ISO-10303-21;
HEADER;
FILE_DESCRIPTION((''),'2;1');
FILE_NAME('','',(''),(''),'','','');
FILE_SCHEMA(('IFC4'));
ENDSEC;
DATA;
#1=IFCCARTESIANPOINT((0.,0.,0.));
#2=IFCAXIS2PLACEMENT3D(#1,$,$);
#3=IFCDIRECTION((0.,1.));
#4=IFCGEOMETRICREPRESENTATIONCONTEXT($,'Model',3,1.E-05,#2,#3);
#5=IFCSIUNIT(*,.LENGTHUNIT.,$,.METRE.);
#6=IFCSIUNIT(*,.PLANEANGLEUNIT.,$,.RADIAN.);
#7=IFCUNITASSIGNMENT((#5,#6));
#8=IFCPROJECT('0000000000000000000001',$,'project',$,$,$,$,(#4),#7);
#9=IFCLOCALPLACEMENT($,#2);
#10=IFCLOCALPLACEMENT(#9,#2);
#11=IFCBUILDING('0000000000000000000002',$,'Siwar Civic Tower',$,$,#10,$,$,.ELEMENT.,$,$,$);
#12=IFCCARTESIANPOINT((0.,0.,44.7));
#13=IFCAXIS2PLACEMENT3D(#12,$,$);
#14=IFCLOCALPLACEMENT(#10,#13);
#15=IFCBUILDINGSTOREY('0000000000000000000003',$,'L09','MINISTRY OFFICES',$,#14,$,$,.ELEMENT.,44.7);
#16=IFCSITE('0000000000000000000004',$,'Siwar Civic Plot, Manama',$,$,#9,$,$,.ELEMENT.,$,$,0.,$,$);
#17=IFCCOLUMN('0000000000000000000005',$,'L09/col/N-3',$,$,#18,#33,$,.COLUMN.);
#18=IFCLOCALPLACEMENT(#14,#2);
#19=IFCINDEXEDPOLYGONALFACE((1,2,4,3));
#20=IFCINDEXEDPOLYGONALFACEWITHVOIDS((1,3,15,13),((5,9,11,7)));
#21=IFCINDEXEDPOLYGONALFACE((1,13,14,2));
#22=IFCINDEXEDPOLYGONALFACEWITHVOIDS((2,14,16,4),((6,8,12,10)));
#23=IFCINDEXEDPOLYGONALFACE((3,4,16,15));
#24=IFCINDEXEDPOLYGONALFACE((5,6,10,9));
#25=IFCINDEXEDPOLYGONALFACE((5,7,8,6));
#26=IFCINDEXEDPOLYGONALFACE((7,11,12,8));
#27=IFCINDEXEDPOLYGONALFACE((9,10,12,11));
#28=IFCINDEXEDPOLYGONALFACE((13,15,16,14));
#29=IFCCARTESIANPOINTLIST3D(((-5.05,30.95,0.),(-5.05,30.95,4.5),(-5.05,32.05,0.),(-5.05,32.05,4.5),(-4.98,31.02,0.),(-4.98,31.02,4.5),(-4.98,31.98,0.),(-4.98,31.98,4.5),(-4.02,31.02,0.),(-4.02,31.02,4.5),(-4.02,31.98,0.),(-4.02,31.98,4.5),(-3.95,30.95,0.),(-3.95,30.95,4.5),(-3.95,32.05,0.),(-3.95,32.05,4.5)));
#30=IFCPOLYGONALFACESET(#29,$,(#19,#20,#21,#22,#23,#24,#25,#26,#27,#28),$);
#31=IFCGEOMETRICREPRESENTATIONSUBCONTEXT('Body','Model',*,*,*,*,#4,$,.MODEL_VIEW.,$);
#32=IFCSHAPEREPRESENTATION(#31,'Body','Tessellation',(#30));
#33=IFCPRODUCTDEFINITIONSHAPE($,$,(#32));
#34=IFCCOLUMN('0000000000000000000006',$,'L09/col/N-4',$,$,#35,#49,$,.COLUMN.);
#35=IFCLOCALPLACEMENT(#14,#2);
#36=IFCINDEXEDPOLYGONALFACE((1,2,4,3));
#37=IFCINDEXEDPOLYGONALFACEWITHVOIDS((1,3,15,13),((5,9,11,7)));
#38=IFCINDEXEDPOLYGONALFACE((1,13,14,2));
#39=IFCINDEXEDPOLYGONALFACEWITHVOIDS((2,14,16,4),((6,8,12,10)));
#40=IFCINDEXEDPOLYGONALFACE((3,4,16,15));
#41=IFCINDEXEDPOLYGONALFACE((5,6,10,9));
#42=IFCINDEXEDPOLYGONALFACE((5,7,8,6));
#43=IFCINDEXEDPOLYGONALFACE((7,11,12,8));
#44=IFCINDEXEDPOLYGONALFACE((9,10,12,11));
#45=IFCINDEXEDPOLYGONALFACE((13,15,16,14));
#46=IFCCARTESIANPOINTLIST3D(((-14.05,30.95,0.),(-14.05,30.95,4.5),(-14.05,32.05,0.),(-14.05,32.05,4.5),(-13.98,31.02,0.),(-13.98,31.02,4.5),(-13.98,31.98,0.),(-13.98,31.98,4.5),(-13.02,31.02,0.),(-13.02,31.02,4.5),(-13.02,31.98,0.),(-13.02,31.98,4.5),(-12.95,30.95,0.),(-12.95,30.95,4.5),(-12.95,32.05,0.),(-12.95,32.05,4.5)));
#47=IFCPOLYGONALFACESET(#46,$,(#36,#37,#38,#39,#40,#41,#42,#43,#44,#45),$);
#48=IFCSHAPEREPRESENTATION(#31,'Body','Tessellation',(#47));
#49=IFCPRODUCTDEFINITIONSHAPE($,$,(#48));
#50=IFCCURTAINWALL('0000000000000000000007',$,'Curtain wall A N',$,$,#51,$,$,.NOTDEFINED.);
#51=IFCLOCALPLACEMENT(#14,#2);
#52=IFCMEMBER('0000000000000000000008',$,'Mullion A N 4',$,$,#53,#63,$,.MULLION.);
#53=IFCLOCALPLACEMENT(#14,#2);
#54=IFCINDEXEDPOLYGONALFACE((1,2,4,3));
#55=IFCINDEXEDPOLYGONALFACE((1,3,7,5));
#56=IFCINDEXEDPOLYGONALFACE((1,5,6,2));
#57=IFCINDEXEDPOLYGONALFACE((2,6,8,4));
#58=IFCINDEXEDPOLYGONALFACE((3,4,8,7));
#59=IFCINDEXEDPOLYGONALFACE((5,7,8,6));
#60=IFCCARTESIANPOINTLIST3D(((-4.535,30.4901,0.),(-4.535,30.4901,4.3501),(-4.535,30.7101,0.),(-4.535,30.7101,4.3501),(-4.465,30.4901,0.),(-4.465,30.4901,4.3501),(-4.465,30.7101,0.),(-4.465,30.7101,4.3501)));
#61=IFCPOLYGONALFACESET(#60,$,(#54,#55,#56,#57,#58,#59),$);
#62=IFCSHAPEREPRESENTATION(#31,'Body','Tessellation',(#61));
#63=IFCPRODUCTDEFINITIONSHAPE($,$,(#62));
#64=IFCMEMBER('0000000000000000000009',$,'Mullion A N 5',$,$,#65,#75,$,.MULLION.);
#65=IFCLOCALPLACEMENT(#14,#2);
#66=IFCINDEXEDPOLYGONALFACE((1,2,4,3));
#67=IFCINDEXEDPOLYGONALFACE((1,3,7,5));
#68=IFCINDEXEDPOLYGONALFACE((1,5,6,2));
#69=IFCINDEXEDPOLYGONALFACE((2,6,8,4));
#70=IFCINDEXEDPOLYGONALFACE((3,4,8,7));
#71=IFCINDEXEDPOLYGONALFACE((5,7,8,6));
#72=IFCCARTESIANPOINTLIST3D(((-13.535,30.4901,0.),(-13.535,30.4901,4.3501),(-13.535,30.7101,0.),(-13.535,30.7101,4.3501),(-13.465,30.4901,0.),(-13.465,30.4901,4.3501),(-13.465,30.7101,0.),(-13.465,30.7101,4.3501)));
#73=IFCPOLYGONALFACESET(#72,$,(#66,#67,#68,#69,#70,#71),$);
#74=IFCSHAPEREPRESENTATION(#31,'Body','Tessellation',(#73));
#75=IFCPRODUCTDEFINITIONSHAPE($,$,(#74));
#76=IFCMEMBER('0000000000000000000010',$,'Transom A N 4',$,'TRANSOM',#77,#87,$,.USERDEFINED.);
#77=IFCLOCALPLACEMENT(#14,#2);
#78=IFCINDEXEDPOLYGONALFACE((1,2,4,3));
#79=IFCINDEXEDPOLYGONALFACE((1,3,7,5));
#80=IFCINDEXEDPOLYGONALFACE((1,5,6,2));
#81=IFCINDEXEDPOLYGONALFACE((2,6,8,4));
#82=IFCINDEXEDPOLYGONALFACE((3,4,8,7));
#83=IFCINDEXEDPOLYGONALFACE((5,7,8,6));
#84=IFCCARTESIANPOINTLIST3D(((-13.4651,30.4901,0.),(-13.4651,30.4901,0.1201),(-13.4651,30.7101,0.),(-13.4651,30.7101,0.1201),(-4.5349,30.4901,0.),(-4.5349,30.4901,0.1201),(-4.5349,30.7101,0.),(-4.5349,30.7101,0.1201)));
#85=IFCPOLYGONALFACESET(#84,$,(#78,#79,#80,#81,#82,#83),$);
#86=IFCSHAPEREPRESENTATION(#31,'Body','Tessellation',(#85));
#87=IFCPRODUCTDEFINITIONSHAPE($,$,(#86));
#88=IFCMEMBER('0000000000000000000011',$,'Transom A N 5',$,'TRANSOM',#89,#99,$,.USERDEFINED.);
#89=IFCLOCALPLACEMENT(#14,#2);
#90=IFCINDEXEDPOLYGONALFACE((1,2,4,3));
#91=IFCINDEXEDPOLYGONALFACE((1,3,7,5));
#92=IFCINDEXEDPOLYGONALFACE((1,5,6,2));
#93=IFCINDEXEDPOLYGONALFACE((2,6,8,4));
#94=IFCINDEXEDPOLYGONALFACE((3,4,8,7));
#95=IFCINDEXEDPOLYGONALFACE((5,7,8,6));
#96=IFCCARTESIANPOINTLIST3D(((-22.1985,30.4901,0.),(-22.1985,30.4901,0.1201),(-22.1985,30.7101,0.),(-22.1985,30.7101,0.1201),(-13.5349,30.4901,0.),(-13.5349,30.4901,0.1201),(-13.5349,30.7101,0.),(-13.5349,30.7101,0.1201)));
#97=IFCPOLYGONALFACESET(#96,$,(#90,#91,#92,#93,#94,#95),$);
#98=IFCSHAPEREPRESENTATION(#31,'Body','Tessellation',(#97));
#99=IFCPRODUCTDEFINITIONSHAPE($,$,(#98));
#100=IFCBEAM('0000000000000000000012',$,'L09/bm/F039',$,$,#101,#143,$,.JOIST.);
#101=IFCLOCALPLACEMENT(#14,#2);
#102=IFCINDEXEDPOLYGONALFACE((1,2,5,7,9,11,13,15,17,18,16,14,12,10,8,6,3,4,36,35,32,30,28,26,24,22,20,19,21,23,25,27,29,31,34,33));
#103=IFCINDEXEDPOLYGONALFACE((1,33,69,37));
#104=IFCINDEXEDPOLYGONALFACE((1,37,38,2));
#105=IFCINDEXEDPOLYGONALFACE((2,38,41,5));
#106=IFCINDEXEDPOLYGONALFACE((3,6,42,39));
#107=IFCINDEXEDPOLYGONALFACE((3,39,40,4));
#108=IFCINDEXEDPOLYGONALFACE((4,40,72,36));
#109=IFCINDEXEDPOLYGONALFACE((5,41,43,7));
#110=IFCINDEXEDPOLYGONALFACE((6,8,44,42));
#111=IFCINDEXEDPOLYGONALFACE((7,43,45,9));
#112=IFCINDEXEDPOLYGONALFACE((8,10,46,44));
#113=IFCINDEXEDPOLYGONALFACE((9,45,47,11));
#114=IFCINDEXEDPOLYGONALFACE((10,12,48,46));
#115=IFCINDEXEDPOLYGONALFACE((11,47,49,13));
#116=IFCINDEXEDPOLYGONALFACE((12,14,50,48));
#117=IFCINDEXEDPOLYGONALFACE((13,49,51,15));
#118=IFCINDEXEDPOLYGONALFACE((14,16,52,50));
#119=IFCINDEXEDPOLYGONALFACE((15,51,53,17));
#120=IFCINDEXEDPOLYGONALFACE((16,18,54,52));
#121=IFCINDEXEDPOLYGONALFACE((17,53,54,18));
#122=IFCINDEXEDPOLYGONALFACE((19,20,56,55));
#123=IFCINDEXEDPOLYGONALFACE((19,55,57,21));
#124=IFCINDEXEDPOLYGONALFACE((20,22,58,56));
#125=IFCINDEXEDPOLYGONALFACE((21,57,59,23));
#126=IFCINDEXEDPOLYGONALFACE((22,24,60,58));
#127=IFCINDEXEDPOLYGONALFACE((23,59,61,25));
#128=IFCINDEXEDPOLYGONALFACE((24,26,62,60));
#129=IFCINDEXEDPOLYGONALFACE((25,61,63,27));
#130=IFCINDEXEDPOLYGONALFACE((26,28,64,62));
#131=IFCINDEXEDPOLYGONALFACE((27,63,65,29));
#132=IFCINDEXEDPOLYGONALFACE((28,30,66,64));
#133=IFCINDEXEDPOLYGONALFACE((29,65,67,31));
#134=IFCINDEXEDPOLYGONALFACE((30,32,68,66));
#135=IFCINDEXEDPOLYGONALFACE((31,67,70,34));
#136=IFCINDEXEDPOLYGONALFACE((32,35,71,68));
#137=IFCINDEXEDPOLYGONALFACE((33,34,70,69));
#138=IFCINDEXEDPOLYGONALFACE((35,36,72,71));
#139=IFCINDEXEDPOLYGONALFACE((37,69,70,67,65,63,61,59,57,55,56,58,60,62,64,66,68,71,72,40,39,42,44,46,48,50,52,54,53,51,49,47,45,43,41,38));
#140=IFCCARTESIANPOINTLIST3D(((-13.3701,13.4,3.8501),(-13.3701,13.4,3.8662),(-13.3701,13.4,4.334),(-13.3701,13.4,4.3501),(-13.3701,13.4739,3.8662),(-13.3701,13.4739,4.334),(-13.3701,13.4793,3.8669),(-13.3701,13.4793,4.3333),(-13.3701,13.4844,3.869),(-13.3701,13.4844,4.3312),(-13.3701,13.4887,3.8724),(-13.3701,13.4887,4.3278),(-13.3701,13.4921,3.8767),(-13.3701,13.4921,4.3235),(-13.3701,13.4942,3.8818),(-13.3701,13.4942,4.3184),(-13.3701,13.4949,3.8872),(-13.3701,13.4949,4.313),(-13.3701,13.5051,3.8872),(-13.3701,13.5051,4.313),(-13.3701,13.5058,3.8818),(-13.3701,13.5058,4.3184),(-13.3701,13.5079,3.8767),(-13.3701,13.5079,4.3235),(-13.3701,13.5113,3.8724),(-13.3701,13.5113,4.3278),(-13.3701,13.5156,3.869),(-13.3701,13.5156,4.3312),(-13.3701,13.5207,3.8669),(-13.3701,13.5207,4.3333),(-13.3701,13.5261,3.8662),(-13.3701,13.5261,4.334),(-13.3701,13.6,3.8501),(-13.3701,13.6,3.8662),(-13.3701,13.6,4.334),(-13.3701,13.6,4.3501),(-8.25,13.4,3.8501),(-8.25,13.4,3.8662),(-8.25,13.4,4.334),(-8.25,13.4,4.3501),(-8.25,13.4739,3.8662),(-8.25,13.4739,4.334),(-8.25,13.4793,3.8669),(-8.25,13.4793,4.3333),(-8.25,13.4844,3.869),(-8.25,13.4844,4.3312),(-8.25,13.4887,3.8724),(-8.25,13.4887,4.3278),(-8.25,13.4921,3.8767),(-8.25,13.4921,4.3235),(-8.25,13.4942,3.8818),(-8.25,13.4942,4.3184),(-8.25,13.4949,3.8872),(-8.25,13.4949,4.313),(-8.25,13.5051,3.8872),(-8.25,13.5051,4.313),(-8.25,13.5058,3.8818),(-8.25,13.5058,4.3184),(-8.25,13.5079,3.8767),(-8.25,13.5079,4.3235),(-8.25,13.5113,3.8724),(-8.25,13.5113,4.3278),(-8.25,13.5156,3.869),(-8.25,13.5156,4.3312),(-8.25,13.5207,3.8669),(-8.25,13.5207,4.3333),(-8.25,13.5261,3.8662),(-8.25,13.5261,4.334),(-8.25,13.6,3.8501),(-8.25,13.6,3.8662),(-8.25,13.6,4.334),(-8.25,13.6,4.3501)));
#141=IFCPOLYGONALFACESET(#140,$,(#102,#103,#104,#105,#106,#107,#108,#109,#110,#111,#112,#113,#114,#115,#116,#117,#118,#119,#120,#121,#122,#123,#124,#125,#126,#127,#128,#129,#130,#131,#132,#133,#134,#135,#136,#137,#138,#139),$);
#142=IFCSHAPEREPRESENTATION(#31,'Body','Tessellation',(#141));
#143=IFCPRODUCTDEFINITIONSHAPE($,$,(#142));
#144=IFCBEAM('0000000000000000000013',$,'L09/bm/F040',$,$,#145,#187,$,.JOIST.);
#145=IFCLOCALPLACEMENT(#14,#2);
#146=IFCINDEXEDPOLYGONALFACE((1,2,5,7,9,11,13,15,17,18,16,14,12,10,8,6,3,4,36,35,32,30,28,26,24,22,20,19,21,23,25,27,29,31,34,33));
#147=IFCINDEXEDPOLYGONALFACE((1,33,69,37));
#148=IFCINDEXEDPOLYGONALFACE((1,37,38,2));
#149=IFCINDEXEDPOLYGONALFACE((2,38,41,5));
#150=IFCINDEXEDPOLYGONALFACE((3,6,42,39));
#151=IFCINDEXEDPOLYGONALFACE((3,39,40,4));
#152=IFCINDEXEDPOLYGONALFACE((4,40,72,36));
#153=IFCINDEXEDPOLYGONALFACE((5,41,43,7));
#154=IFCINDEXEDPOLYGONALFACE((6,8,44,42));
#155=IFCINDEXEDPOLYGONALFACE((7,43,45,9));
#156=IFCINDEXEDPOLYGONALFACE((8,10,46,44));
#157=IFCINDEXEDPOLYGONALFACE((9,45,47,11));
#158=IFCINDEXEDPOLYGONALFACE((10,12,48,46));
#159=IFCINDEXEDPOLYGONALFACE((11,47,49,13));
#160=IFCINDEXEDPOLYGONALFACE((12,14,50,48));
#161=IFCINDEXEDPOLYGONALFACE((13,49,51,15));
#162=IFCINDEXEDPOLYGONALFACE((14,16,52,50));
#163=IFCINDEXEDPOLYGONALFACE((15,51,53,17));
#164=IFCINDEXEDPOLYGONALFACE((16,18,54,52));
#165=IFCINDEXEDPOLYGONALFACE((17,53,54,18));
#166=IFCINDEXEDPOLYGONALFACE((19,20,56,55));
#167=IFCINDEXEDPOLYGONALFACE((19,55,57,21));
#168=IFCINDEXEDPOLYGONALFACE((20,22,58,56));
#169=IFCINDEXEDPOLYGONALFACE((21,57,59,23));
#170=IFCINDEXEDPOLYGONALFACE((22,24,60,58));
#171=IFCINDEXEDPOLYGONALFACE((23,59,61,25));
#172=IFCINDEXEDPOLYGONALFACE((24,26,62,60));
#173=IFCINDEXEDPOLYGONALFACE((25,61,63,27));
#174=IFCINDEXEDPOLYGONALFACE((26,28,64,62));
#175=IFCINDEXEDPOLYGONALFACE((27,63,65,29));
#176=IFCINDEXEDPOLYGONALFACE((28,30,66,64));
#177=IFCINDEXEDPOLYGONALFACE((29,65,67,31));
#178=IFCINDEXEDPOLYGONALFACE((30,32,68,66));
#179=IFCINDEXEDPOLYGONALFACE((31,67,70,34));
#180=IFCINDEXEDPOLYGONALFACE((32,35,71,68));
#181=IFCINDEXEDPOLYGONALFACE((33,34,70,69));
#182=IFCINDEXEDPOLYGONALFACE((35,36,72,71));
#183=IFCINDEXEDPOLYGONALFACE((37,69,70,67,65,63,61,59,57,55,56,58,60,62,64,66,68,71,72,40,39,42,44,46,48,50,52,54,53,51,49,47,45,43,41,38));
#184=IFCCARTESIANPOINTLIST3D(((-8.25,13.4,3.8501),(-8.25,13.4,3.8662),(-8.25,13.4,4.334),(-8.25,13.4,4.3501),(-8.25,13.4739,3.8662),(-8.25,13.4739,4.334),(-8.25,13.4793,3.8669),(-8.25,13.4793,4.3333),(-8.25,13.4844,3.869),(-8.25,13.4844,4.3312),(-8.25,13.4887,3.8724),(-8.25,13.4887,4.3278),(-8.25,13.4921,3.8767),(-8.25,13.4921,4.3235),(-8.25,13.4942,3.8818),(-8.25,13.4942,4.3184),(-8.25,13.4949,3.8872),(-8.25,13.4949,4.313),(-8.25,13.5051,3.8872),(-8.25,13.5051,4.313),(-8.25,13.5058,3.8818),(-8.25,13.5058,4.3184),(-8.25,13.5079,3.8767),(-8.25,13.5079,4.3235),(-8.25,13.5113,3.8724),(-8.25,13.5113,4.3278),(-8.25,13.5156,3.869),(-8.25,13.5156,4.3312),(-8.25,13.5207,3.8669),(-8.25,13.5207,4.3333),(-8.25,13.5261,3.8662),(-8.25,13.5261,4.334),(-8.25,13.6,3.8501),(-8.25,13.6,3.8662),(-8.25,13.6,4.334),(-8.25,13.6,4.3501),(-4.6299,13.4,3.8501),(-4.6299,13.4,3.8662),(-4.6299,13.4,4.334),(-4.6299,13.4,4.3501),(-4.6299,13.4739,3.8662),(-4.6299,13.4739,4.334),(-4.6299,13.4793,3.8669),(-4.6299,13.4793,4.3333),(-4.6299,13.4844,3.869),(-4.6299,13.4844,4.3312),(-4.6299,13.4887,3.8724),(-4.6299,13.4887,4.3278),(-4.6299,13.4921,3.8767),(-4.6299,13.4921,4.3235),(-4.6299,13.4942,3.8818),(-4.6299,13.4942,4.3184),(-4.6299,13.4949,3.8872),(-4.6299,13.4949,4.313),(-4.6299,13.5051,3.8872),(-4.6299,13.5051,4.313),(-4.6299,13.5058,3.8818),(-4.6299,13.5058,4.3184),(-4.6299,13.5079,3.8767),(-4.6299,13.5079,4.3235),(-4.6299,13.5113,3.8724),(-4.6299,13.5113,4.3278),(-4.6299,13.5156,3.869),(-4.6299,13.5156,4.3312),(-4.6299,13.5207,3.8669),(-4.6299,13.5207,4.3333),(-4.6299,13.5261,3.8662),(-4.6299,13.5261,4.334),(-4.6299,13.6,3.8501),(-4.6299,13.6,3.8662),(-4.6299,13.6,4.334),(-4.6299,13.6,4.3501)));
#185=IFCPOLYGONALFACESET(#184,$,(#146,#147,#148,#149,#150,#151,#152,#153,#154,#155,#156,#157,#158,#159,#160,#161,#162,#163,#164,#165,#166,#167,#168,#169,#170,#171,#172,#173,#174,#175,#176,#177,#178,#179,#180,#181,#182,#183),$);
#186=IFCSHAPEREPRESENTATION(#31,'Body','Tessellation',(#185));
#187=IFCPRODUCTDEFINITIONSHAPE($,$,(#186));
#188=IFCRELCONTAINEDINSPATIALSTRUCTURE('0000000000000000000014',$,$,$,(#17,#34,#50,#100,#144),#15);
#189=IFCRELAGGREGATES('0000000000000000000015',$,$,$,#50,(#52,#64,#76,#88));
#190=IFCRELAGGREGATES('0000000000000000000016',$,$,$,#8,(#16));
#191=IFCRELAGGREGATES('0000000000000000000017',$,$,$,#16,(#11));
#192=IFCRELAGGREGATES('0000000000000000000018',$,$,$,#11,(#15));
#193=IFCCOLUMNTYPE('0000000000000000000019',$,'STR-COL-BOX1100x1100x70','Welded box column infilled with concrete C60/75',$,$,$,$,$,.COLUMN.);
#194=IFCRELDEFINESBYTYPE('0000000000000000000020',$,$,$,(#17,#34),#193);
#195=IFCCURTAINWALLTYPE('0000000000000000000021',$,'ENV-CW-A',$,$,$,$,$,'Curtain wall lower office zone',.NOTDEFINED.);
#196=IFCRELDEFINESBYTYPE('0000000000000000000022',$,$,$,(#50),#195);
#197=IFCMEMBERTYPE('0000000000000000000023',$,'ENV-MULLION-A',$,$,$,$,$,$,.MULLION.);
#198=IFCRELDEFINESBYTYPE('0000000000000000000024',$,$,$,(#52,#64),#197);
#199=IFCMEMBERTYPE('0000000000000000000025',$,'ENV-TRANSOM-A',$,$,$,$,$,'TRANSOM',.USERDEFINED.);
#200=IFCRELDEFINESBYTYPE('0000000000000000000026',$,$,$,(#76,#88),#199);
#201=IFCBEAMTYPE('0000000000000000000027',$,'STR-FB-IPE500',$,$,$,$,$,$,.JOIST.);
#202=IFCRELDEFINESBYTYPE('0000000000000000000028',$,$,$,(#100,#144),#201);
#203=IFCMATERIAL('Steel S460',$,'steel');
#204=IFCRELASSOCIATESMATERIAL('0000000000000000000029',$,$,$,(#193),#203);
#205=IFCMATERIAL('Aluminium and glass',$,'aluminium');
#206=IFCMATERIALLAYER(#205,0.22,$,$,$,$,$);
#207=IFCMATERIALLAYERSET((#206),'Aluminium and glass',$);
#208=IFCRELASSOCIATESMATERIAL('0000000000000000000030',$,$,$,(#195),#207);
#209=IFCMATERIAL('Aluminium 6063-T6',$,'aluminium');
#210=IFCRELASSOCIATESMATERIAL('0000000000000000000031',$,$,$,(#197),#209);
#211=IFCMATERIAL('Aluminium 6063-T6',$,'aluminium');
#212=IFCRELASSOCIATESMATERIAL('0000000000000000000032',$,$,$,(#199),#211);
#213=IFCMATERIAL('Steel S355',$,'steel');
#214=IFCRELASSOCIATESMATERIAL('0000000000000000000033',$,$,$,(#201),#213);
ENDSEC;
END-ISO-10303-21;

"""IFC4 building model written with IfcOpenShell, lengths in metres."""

from ifc_helpers import new_model, si_unit, direction, frame, origin, origin_2d, place, context, subcontext, project, spatial, rectangle, hollow_rectangle, i_section, extrude, material, layer, layer_set, material_profile, profile_set, type_object, element, aggregate, save


model = new_model("IFC4")

# Units and contexts
model_context = context("Model", 3, precision=1e-05, world=origin(), true_north=direction((0.0, 1.0)))
body_context = subcontext(model_context, "Body", "Model", "MODEL_VIEW")
ifc_project = project(units=[si_unit("LENGTHUNIT", "METRE"), si_unit("PLANEANGLEUNIT", "RADIAN")], contexts=[model_context])

# Site, building, storey
site_placement = place(None, origin())
site = spatial("IfcSite", under=ifc_project, at=site_placement, Name="Siwar Civic Plot, Manama", CompositionType="ELEMENT", RefElevation=0.0)
building_placement = place(site_placement, origin())
building = spatial("IfcBuilding", under=site, at=building_placement, Name="Siwar Civic Tower", CompositionType="ELEMENT")
storey_placement = place(building_placement, frame((0.0, 0.0, 44.7)))
storey = spatial("IfcBuildingStorey", under=building, at=storey_placement, Name="L09", Description="MINISTRY OFFICES", CompositionType="ELEMENT", Elevation=44.7)

# Columns
ifc_material_1 = material(Name="Steel S460", Category="steel")
ifc_material_profile_1 = material_profile(ifc_material_1, hollow_rectangle(XDim=1.1001, YDim=1.1001, WallThickness=0.0701, at=origin_2d()), Name="BOX1100x1100x70")
ifc_profile_set_1 = profile_set([ifc_material_profile_1], Name="Steel S460")
column_type = type_object("IfcColumnType", Name="STR-COL-BOX1100x1100x70", Description="Welded box column infilled with concrete C60/75", PredefinedType="COLUMN", material=ifc_profile_set_1)
for number, where, z_axis, x_axis, name in (
    (1, (-4.5, 31.5, 0.0), (0.0, 0.0, 1.0), (1.0, 0.0, 0.0), "L09/col/N-3"),
    (2, (-13.5, 31.5, 0.0), (0.0, 0.0, 1.0), (1.0, 0.0, 0.0), "L09/col/N-4"),
):
    element("IfcColumn", number, at=place(storey_placement, frame(where, z_axis=z_axis, x_axis=x_axis)), inside=storey, type_object=column_type, Name=name, PredefinedType="COLUMN", context=body_context, shape_type="SweptSolid", body=[
        extrude(hollow_rectangle(XDim=1.1001, YDim=1.1001, WallThickness=0.0701, at=origin_2d()), origin(), (0.0, 0.0, 1.0), 4.5),
    ])

# Curtain wall, members
ifc_material_2 = material(Name="Aluminium and glass", Category="aluminium")
ifc_layer_1 = layer(ifc_material_2, 0.22)
ifc_layer_set_1 = layer_set([ifc_layer_1], Name="Aluminium and glass")
curtain_wall_type = type_object("IfcCurtainWallType", Name="ENV-CW-A", ElementType="Curtain wall lower office zone", PredefinedType="NOTDEFINED", material=ifc_layer_set_1)
curtain_wall_placement = place(storey_placement, origin())
curtain_wall = element("IfcCurtainWall", 3, at=curtain_wall_placement, inside=storey, type_object=curtain_wall_type, Name="Curtain wall A N", PredefinedType="NOTDEFINED")
ifc_material_3 = material(Name="Aluminium 6063-T6", Category="aluminium")
ifc_material_profile_2 = material_profile(ifc_material_3, rectangle(XDim=0.22, YDim=0.0701, at=origin_2d()), Name="AL 220x70")
ifc_profile_set_2 = profile_set([ifc_material_profile_2], Name="Aluminium 6063-T6")
member_type_1 = type_object("IfcMemberType", Name="ENV-MULLION-A", PredefinedType="MULLION", material=ifc_profile_set_2)
member_1_placement = place(storey_placement, frame((-4.5, 30.6001, 0.0), z_axis=(0.0, 0.0, 1.0), x_axis=(0.0, -1.0, 0.0)))
member_1 = element("IfcMember", 4, at=member_1_placement, type_object=member_type_1, Name="Mullion A N 4", PredefinedType="MULLION", context=body_context, shape_type="SweptSolid", body=[
    extrude(rectangle(XDim=0.22, YDim=0.0701, at=origin_2d()), origin(), (0.0, 0.0, 1.0), 4.3501),
])
member_2_placement = place(storey_placement, frame((-13.5, 30.6001, 0.0), z_axis=(0.0, 0.0, 1.0), x_axis=(0.0, -1.0, 0.0)))
member_2 = element("IfcMember", 5, at=member_2_placement, type_object=member_type_1, Name="Mullion A N 5", PredefinedType="MULLION", context=body_context, shape_type="SweptSolid", body=[
    extrude(rectangle(XDim=0.22, YDim=0.0701, at=origin_2d()), origin(), (0.0, 0.0, 1.0), 4.3501),
])
ifc_material_4 = material(Name="Aluminium 6063-T6", Category="aluminium")
ifc_material_profile_3 = material_profile(ifc_material_4, rectangle(XDim=0.22, YDim=0.1201, at=origin_2d()), Name="AL 220x120")
ifc_profile_set_3 = profile_set([ifc_material_profile_3], Name="Aluminium 6063-T6")
member_type_2 = type_object("IfcMemberType", Name="ENV-TRANSOM-A", ElementType="TRANSOM", PredefinedType="USERDEFINED", material=ifc_profile_set_3)
member_3_placement = place(storey_placement, frame((-4.5349, 30.6001, 0.0601), z_axis=(-1.0, 0.0, 0.0), x_axis=(0.0, -1.0, 0.0)))
member_3 = element("IfcMember", 6, at=member_3_placement, type_object=member_type_2, Name="Transom A N 4", ObjectType="TRANSOM", PredefinedType="USERDEFINED", context=body_context, shape_type="SweptSolid", body=[
    extrude(rectangle(XDim=0.22, YDim=0.1201, at=origin_2d()), origin(), (0.0, 0.0, 1.0), 8.9302),
])
member_4_placement = place(storey_placement, frame((-13.5349, 30.6001, 0.0601), z_axis=(-1.0, 0.0, 0.0), x_axis=(0.0, -1.0, 0.0)))
member_4 = element("IfcMember", 7, at=member_4_placement, type_object=member_type_2, Name="Transom A N 5", ObjectType="TRANSOM", PredefinedType="USERDEFINED", context=body_context, shape_type="SweptSolid", body=[
    extrude(rectangle(XDim=0.22, YDim=0.1201, at=origin_2d()), origin(), (0.0, 0.0, 1.0), 8.6636),
])

# Beams
ifc_material_5 = material(Name="Steel S355", Category="steel")
ifc_material_profile_4 = material_profile(ifc_material_5, i_section(OverallWidth=0.2, OverallDepth=0.5, WebThickness=0.0103, FlangeThickness=0.0161, FilletRadius=0.021, at=origin_2d()), Name="IPE500")
ifc_profile_set_4 = profile_set([ifc_material_profile_4], Name="Steel S355")
beam_type_1 = type_object("IfcBeamType", Name="STR-FB-IPE500", PredefinedType="JOIST", material=ifc_profile_set_4)
beam_1_placement = place(storey_placement, frame((-13.3701, 13.5, 4.1001), z_axis=(1.0, 0.0, 0.0), x_axis=(0.0, 1.0, 0.0)))
element("IfcBeam", 8, at=beam_1_placement, inside=storey, type_object=beam_type_1, Name="L09/bm/F039", PredefinedType="JOIST", context=body_context, shape_type="SweptSolid", body=[
    extrude(i_section(OverallWidth=0.2, OverallDepth=0.5, WebThickness=0.0103, FlangeThickness=0.0161, FilletRadius=0.021, at=origin_2d()), origin(), (0.0, 0.0, 1.0), 5.1201),
])
beam_2_placement = place(storey_placement, frame((-8.25, 13.5, 4.1001), z_axis=(1.0, 0.0, 0.0), x_axis=(0.0, 1.0, 0.0)))
element("IfcBeam", 9, at=beam_2_placement, inside=storey, type_object=beam_type_1, Name="L09/bm/F040", PredefinedType="JOIST", context=body_context, shape_type="SweptSolid", body=[
    extrude(i_section(OverallWidth=0.2, OverallDepth=0.5, WebThickness=0.0103, FlangeThickness=0.0161, FilletRadius=0.021, at=origin_2d()), origin(), (0.0, 0.0, 1.0), 3.6201),
])

aggregate(curtain_wall, [member_1, member_2, member_3, member_4])

save(model, "model.ifc")
